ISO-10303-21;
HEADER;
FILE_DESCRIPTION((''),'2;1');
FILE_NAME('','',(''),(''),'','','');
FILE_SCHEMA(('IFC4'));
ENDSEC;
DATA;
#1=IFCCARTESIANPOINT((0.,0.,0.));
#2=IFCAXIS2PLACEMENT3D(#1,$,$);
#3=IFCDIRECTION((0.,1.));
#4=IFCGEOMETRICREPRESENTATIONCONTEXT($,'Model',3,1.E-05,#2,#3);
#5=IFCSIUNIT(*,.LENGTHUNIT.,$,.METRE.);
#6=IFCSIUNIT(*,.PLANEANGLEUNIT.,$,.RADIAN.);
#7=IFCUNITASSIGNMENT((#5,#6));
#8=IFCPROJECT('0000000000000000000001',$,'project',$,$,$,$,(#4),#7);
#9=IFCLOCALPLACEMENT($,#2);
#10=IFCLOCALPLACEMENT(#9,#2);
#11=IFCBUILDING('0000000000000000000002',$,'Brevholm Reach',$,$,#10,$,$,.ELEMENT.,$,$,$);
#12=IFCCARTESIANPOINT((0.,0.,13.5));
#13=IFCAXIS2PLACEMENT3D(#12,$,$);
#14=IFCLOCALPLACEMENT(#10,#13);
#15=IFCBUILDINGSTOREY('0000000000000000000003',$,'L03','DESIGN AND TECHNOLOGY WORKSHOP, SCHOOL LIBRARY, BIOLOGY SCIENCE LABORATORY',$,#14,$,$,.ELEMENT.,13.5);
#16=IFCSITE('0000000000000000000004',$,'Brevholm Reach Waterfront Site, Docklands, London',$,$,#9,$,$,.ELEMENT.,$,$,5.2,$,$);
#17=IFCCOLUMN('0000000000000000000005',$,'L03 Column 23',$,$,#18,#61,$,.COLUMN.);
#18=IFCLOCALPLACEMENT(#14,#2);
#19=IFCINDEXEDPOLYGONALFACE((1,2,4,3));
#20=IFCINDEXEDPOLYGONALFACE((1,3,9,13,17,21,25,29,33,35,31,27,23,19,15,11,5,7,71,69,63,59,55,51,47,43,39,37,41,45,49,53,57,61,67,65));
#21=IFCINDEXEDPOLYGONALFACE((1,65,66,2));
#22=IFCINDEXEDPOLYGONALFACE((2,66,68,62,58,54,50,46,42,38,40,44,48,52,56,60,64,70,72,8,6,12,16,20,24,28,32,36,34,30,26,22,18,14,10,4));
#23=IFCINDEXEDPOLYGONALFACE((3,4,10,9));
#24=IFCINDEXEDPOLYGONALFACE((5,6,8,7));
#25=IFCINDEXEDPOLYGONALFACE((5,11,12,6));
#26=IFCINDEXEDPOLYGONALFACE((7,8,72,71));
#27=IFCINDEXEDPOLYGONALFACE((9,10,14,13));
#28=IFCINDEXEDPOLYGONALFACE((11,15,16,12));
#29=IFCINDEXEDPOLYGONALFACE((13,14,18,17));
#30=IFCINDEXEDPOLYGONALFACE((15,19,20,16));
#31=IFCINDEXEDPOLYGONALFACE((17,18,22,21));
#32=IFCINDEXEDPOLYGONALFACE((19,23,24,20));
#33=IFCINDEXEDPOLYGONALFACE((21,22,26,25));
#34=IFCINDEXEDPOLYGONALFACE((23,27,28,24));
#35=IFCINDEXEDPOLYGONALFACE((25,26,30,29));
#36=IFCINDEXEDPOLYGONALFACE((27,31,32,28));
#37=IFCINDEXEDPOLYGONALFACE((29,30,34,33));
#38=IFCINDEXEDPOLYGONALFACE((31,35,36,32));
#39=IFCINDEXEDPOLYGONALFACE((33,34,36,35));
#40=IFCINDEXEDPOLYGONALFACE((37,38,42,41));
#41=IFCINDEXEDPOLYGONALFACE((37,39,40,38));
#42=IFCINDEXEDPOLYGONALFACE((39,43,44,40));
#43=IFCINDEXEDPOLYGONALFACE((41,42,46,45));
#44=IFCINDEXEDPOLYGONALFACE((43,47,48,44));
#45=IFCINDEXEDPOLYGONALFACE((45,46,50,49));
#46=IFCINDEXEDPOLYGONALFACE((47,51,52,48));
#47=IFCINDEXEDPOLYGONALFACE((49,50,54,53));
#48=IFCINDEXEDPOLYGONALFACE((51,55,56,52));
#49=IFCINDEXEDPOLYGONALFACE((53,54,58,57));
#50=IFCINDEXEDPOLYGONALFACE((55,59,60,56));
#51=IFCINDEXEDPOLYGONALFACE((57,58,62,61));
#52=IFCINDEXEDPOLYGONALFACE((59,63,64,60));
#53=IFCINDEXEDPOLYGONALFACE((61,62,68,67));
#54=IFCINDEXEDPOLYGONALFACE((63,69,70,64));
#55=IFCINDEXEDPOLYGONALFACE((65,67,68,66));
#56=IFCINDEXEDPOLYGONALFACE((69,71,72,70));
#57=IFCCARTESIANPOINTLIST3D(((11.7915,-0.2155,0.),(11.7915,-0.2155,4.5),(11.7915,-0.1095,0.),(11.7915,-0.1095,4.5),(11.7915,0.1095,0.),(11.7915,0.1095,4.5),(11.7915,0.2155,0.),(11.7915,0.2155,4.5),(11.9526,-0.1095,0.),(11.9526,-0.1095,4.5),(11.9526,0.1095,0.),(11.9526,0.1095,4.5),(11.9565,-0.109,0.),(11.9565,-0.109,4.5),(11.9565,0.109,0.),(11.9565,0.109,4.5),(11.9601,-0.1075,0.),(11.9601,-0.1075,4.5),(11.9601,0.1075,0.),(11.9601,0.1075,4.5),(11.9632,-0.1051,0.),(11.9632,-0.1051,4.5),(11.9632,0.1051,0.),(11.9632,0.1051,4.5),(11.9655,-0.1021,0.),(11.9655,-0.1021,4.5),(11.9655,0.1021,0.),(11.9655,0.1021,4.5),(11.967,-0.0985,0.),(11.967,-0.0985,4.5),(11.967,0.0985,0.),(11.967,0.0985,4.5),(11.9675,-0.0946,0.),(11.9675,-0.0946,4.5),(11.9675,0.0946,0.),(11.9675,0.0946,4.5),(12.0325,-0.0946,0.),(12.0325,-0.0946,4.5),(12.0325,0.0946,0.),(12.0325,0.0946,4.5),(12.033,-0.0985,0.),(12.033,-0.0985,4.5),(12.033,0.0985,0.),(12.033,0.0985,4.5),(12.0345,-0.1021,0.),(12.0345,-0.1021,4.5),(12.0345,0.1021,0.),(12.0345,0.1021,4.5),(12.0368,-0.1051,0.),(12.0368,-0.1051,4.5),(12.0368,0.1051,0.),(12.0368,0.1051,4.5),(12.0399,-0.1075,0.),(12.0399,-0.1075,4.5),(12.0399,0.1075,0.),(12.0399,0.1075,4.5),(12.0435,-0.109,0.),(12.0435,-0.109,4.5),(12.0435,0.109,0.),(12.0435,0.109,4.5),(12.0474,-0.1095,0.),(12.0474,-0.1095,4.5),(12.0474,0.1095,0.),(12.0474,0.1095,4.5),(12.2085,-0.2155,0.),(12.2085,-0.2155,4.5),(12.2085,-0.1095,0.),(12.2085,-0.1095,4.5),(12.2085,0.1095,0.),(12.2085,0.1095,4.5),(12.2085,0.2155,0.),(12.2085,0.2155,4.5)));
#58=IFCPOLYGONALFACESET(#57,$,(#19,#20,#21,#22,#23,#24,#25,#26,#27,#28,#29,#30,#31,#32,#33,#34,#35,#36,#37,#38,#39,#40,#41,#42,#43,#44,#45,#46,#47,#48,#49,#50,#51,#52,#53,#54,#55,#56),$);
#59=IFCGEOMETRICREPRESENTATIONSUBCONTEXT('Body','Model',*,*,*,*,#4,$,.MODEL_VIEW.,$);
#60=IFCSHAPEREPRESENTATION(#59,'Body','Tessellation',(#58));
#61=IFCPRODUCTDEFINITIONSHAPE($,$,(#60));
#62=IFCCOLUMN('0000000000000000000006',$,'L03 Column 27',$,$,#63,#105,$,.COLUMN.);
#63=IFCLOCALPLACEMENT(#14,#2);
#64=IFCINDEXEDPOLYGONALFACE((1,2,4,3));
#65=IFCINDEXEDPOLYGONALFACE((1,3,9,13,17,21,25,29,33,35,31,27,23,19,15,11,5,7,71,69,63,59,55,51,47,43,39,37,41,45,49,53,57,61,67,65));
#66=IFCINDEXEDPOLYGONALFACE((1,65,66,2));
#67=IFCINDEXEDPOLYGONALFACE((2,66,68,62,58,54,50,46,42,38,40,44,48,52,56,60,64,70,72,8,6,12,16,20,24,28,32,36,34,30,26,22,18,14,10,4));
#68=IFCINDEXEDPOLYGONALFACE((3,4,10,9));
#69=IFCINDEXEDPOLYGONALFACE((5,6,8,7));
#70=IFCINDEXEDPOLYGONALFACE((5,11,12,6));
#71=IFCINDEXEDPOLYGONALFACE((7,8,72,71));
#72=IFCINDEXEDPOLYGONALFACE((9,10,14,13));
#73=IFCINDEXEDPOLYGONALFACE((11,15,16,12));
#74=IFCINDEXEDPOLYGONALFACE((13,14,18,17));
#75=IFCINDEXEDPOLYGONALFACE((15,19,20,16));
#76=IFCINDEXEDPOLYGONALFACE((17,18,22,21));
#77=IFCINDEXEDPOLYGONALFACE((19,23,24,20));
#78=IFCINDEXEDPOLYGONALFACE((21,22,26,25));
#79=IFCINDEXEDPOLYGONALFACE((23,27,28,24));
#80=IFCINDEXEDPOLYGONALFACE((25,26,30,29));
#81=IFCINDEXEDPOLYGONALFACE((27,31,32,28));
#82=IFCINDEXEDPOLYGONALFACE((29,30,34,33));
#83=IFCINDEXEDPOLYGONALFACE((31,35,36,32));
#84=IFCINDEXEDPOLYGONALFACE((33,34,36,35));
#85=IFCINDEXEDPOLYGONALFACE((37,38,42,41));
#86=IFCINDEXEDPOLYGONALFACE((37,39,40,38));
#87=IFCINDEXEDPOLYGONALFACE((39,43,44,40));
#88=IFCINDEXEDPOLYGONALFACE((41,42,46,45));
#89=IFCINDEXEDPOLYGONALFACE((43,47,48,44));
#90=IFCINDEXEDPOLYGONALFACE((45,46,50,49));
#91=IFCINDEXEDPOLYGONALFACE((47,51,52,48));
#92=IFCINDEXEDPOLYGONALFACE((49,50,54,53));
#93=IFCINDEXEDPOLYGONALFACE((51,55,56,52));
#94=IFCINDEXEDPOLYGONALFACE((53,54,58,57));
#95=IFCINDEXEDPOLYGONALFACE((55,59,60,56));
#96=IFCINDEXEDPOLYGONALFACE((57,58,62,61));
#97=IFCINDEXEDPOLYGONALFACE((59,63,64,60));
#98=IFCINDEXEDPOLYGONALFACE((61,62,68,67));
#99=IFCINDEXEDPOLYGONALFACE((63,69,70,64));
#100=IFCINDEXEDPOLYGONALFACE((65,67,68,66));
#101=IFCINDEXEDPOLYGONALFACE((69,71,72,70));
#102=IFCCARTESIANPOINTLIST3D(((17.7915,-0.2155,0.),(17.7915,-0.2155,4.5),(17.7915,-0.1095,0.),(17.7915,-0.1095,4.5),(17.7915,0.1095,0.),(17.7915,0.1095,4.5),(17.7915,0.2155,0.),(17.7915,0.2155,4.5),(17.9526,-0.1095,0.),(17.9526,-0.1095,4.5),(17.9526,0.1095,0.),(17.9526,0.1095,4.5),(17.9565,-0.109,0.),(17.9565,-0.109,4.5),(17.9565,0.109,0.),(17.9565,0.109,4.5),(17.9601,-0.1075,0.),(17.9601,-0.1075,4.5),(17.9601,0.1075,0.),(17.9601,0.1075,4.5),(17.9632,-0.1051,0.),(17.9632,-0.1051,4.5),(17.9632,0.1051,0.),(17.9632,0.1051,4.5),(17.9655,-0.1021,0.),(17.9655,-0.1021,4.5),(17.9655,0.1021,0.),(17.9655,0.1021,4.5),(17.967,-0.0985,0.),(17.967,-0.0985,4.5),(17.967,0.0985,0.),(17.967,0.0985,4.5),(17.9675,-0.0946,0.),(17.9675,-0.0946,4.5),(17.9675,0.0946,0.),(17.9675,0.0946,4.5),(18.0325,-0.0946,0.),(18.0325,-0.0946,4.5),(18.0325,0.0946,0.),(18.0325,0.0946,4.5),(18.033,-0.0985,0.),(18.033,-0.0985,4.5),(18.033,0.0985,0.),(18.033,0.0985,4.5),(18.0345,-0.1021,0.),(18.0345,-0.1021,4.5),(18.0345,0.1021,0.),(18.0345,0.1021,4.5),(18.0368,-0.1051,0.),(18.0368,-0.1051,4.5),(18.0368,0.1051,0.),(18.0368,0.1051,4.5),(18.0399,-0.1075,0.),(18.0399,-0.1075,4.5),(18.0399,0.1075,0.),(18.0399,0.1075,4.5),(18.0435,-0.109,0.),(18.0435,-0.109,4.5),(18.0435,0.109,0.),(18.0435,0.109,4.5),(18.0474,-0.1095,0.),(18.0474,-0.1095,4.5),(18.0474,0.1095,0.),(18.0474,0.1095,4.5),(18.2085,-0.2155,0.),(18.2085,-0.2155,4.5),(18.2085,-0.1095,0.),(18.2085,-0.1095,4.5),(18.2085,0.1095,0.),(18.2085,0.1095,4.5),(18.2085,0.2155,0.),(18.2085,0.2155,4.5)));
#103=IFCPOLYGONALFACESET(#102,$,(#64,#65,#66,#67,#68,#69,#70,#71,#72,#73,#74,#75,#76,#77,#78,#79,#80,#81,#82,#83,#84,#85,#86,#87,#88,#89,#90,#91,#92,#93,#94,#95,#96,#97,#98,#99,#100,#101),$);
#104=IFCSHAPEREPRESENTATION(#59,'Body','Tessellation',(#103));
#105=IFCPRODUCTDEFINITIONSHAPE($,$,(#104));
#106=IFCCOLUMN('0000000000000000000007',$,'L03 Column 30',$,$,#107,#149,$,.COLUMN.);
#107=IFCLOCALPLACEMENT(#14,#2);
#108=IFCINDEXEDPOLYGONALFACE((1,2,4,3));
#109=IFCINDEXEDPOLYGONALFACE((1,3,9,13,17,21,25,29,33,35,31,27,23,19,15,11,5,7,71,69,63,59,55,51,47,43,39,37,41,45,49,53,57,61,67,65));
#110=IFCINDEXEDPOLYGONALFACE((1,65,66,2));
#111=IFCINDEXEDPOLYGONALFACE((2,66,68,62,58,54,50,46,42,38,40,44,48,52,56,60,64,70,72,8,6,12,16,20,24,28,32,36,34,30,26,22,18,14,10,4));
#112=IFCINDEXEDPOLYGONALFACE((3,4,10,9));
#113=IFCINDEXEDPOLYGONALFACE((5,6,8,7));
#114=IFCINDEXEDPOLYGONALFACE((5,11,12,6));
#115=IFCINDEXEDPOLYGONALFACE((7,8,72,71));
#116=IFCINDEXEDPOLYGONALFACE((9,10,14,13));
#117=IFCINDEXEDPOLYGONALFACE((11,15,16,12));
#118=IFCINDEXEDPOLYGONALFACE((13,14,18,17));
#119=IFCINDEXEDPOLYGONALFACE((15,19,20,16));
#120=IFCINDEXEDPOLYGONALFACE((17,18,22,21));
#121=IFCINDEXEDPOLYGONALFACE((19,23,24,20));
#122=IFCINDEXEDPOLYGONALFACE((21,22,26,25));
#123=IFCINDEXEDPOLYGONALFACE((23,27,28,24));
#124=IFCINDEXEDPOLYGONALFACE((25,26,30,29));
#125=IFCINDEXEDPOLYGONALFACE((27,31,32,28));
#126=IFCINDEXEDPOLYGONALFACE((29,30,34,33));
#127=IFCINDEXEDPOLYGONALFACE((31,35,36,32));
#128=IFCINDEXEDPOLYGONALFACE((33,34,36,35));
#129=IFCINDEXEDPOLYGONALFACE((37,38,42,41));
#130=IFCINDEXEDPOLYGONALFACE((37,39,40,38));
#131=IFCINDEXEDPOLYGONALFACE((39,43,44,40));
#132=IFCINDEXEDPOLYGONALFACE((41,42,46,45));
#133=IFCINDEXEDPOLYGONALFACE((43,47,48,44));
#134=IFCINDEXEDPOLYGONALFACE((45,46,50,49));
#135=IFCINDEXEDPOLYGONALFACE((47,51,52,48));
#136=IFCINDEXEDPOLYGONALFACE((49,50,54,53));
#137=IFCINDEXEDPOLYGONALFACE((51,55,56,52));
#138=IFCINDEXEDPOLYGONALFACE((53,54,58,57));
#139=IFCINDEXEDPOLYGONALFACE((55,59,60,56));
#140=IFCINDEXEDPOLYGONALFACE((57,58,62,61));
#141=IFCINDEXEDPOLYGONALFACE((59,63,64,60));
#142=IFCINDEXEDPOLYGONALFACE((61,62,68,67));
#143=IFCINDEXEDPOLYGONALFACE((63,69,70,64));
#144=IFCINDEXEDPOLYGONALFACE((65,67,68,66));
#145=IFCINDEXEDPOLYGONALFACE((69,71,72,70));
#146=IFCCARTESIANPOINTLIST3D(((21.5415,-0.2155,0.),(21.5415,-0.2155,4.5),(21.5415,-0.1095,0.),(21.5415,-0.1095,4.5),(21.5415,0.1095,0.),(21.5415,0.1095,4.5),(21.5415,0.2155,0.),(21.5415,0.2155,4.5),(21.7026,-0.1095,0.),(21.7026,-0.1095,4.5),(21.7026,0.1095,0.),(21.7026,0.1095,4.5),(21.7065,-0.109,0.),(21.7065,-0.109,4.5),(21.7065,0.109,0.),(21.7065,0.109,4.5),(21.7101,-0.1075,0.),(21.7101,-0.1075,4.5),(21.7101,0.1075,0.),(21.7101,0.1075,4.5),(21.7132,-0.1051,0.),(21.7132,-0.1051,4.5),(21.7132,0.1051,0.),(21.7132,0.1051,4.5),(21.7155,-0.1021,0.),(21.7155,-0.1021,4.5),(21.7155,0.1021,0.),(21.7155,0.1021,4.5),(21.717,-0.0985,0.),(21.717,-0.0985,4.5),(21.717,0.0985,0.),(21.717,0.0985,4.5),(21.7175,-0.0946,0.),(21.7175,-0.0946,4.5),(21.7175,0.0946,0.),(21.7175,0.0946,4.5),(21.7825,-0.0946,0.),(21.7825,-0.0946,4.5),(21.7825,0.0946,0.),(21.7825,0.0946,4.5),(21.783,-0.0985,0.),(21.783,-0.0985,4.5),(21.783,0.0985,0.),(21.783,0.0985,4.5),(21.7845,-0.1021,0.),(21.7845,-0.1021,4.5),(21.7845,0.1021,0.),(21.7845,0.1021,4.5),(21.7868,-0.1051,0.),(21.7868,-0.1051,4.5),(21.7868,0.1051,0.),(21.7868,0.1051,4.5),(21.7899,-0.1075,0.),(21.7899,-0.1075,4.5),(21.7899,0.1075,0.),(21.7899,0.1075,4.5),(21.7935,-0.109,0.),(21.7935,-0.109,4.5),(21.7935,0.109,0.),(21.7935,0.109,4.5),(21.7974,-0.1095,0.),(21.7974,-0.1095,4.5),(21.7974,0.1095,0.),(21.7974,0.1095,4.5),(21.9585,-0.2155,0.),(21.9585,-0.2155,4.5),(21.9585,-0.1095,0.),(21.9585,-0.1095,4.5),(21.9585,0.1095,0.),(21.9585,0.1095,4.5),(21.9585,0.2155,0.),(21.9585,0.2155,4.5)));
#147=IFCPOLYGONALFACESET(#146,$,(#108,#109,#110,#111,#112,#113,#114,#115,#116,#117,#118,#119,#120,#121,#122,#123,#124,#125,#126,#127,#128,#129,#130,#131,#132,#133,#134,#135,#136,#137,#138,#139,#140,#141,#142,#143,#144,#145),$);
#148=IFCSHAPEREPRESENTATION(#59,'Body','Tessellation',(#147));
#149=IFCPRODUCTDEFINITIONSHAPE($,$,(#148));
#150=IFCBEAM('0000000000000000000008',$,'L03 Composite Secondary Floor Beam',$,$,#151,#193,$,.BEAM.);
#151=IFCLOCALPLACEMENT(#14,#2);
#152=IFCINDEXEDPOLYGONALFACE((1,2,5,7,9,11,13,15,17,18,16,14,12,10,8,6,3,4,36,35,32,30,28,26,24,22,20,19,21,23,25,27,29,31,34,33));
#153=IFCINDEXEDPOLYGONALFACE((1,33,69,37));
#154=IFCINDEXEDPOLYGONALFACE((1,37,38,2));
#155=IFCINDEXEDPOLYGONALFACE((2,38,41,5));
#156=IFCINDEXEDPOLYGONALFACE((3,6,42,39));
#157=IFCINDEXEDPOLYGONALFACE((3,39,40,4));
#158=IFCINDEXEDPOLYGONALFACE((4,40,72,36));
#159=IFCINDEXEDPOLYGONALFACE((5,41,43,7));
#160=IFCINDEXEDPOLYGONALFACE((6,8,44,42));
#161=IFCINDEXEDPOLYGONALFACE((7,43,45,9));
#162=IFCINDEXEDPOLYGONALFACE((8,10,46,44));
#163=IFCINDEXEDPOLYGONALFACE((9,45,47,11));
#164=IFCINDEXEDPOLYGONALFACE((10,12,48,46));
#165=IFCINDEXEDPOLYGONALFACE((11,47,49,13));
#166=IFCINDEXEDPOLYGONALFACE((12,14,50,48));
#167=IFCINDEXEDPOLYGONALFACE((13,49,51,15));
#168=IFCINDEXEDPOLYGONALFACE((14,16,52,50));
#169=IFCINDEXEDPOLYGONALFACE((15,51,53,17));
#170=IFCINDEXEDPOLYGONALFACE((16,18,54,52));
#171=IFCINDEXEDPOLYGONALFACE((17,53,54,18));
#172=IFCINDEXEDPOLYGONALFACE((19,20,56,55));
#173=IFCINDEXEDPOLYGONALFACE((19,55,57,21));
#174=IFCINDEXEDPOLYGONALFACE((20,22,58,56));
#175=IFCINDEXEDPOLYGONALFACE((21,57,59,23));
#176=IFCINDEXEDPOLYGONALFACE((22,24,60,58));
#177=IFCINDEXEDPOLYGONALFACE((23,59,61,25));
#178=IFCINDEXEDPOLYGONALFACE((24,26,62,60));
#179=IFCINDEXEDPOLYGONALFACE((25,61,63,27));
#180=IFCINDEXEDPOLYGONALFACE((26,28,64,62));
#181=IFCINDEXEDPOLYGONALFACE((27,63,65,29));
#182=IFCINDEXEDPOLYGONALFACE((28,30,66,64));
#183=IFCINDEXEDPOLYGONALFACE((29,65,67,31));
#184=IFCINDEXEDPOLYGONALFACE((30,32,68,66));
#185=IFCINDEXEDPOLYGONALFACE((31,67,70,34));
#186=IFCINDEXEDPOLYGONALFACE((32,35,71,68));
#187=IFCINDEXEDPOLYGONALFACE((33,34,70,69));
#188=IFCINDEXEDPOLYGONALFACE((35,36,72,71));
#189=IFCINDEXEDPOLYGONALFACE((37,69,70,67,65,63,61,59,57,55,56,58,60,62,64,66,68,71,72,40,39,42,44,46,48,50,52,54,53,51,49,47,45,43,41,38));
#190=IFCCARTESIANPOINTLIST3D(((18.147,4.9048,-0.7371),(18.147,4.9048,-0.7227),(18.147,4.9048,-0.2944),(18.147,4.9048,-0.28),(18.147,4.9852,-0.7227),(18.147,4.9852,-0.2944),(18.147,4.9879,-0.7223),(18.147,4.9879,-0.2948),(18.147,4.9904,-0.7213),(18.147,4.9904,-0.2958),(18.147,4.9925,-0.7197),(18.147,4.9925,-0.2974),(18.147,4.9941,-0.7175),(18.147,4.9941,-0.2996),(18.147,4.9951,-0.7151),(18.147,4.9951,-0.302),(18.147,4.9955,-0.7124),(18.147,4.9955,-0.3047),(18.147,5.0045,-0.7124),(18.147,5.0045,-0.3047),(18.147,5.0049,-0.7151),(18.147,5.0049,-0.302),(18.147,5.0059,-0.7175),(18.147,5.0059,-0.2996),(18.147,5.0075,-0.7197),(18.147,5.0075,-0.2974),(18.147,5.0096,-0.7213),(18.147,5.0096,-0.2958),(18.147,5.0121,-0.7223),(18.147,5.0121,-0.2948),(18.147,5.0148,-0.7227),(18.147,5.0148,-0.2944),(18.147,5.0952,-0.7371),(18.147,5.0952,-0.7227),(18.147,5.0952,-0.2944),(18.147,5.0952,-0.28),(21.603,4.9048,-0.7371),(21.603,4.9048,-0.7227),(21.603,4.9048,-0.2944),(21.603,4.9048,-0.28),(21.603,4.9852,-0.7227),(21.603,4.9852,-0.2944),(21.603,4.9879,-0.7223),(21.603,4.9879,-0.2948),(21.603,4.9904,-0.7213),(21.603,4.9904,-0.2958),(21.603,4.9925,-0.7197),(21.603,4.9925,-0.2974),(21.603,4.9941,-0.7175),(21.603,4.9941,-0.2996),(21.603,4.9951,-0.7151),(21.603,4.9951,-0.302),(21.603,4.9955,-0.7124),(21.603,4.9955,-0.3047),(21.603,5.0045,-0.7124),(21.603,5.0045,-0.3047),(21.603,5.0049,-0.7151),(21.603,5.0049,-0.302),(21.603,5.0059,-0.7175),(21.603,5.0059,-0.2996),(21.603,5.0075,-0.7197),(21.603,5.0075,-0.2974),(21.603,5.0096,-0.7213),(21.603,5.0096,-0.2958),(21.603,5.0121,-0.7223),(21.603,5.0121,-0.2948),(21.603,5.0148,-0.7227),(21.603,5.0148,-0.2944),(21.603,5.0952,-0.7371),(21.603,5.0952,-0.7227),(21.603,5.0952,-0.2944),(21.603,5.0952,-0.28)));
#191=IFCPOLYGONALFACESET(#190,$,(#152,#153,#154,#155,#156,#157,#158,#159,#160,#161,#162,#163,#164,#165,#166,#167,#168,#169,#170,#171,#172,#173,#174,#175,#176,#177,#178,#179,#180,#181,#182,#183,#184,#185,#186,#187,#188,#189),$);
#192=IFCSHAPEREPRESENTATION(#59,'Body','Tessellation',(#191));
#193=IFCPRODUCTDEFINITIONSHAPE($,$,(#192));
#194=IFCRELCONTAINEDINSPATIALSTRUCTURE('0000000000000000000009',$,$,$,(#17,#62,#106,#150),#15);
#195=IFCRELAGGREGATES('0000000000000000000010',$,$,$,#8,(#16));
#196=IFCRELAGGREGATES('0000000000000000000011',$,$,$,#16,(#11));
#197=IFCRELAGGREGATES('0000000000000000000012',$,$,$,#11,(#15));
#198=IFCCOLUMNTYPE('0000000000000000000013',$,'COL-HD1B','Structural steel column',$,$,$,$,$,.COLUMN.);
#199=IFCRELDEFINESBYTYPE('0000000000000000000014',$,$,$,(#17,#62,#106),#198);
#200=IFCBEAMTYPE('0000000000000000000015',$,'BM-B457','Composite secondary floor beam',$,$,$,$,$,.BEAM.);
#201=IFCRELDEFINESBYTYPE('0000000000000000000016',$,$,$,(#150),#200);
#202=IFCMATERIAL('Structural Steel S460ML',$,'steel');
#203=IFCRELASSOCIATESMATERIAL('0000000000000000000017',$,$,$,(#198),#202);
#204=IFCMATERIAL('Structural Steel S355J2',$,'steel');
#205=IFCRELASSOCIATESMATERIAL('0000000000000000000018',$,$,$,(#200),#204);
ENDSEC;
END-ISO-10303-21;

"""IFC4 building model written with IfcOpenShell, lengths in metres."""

from ifc_helpers import new_model, si_unit, direction, frame, origin, origin_2d, place, context, subcontext, project, spatial, i_section, extrude, material, material_profile, profile_set, type_object, element, save


model = new_model("IFC4")

# Units and contexts
model_context = context("Model", 3, precision=1e-05, world=origin(), true_north=direction((0.0, 1.0)))
body_context = subcontext(model_context, "Body", "Model", "MODEL_VIEW")
ifc_project = project(units=[si_unit("LENGTHUNIT", "METRE"), si_unit("PLANEANGLEUNIT", "RADIAN")], contexts=[model_context])

# Site, building, storey
site_placement = place(None, origin())
site = spatial("IfcSite", under=ifc_project, at=site_placement, Name="Brevholm Reach Waterfront Site, Docklands, London", CompositionType="ELEMENT", RefElevation=5.2)
building_placement = place(site_placement, origin())
building = spatial("IfcBuilding", under=site, at=building_placement, Name="Brevholm Reach", CompositionType="ELEMENT")
storey_placement = place(building_placement, frame((0.0, 0.0, 13.5)))
storey = spatial("IfcBuildingStorey", under=building, at=storey_placement, Name="L03", Description="DESIGN AND TECHNOLOGY WORKSHOP, SCHOOL LIBRARY, BIOLOGY SCIENCE LABORATORY", CompositionType="ELEMENT", Elevation=13.5)

# Columns
ifc_material_1 = material(Name="Structural Steel S460ML", Category="steel")
ifc_material_profile_1 = material_profile(ifc_material_1, i_section(OverallWidth=0.417, OverallDepth=0.4309, WebThickness=0.0649, FlangeThickness=0.106, FilletRadius=0.0149, at=origin_2d()), Name="HD 400x900")
ifc_profile_set_1 = profile_set([ifc_material_profile_1], Name="Structural Steel S460ML")
column_type = type_object("IfcColumnType", Name="COL-HD1B", Description="Structural steel column", PredefinedType="COLUMN", material=ifc_profile_set_1)
for number, where, z_axis, x_axis, name in (
    (1, (12.0, 0.0, 0.0), (0.0, 0.0, 1.0), (1.0, 0.0, 0.0), "L03 Column 23"),
    (2, (18.0, 0.0, 0.0), (0.0, 0.0, 1.0), (1.0, 0.0, 0.0), "L03 Column 27"),
    (3, (21.75, 0.0, 0.0), (0.0, 0.0, 1.0), (1.0, 0.0, 0.0), "L03 Column 30"),
):
    element("IfcColumn", number, at=place(storey_placement, frame(where, z_axis=z_axis, x_axis=x_axis)), inside=storey, type_object=column_type, Name=name, PredefinedType="COLUMN", context=body_context, shape_type="SweptSolid", body=[
        extrude(i_section(OverallWidth=0.417, OverallDepth=0.4309, WebThickness=0.0649, FlangeThickness=0.106, FilletRadius=0.0149, at=origin_2d()), origin(), (0.0, 0.0, 1.0), 4.5),
    ])

# Beam
ifc_material_2 = material(Name="Structural Steel S355J2", Category="steel")
ifc_material_profile_2 = material_profile(ifc_material_2, i_section(OverallWidth=0.1904, OverallDepth=0.457, WebThickness=0.009, FlangeThickness=0.0144, FilletRadius=0.0103, at=origin_2d()), Name="UKB 457x191x74")
ifc_profile_set_2 = profile_set([ifc_material_profile_2], Name="Structural Steel S355J2")
beam_type_1 = type_object("IfcBeamType", Name="BM-B457", Description="Composite secondary floor beam", PredefinedType="BEAM", material=ifc_profile_set_2)
beam_1_placement = place(storey_placement, frame((18.147, 5.0, -0.5085), z_axis=(1.0, 0.0, 0.0), x_axis=(0.0, 1.0, 0.0)))
element("IfcBeam", 4, at=beam_1_placement, inside=storey, type_object=beam_type_1, Name="L03 Composite Secondary Floor Beam", PredefinedType="BEAM", context=body_context, shape_type="SweptSolid", body=[
    extrude(i_section(OverallWidth=0.1904, OverallDepth=0.457, WebThickness=0.009, FlangeThickness=0.0144, FilletRadius=0.0103, at=origin_2d()), origin(), (0.0, 0.0, 1.0), 3.4561),
])

save(model, "model.ifc")
